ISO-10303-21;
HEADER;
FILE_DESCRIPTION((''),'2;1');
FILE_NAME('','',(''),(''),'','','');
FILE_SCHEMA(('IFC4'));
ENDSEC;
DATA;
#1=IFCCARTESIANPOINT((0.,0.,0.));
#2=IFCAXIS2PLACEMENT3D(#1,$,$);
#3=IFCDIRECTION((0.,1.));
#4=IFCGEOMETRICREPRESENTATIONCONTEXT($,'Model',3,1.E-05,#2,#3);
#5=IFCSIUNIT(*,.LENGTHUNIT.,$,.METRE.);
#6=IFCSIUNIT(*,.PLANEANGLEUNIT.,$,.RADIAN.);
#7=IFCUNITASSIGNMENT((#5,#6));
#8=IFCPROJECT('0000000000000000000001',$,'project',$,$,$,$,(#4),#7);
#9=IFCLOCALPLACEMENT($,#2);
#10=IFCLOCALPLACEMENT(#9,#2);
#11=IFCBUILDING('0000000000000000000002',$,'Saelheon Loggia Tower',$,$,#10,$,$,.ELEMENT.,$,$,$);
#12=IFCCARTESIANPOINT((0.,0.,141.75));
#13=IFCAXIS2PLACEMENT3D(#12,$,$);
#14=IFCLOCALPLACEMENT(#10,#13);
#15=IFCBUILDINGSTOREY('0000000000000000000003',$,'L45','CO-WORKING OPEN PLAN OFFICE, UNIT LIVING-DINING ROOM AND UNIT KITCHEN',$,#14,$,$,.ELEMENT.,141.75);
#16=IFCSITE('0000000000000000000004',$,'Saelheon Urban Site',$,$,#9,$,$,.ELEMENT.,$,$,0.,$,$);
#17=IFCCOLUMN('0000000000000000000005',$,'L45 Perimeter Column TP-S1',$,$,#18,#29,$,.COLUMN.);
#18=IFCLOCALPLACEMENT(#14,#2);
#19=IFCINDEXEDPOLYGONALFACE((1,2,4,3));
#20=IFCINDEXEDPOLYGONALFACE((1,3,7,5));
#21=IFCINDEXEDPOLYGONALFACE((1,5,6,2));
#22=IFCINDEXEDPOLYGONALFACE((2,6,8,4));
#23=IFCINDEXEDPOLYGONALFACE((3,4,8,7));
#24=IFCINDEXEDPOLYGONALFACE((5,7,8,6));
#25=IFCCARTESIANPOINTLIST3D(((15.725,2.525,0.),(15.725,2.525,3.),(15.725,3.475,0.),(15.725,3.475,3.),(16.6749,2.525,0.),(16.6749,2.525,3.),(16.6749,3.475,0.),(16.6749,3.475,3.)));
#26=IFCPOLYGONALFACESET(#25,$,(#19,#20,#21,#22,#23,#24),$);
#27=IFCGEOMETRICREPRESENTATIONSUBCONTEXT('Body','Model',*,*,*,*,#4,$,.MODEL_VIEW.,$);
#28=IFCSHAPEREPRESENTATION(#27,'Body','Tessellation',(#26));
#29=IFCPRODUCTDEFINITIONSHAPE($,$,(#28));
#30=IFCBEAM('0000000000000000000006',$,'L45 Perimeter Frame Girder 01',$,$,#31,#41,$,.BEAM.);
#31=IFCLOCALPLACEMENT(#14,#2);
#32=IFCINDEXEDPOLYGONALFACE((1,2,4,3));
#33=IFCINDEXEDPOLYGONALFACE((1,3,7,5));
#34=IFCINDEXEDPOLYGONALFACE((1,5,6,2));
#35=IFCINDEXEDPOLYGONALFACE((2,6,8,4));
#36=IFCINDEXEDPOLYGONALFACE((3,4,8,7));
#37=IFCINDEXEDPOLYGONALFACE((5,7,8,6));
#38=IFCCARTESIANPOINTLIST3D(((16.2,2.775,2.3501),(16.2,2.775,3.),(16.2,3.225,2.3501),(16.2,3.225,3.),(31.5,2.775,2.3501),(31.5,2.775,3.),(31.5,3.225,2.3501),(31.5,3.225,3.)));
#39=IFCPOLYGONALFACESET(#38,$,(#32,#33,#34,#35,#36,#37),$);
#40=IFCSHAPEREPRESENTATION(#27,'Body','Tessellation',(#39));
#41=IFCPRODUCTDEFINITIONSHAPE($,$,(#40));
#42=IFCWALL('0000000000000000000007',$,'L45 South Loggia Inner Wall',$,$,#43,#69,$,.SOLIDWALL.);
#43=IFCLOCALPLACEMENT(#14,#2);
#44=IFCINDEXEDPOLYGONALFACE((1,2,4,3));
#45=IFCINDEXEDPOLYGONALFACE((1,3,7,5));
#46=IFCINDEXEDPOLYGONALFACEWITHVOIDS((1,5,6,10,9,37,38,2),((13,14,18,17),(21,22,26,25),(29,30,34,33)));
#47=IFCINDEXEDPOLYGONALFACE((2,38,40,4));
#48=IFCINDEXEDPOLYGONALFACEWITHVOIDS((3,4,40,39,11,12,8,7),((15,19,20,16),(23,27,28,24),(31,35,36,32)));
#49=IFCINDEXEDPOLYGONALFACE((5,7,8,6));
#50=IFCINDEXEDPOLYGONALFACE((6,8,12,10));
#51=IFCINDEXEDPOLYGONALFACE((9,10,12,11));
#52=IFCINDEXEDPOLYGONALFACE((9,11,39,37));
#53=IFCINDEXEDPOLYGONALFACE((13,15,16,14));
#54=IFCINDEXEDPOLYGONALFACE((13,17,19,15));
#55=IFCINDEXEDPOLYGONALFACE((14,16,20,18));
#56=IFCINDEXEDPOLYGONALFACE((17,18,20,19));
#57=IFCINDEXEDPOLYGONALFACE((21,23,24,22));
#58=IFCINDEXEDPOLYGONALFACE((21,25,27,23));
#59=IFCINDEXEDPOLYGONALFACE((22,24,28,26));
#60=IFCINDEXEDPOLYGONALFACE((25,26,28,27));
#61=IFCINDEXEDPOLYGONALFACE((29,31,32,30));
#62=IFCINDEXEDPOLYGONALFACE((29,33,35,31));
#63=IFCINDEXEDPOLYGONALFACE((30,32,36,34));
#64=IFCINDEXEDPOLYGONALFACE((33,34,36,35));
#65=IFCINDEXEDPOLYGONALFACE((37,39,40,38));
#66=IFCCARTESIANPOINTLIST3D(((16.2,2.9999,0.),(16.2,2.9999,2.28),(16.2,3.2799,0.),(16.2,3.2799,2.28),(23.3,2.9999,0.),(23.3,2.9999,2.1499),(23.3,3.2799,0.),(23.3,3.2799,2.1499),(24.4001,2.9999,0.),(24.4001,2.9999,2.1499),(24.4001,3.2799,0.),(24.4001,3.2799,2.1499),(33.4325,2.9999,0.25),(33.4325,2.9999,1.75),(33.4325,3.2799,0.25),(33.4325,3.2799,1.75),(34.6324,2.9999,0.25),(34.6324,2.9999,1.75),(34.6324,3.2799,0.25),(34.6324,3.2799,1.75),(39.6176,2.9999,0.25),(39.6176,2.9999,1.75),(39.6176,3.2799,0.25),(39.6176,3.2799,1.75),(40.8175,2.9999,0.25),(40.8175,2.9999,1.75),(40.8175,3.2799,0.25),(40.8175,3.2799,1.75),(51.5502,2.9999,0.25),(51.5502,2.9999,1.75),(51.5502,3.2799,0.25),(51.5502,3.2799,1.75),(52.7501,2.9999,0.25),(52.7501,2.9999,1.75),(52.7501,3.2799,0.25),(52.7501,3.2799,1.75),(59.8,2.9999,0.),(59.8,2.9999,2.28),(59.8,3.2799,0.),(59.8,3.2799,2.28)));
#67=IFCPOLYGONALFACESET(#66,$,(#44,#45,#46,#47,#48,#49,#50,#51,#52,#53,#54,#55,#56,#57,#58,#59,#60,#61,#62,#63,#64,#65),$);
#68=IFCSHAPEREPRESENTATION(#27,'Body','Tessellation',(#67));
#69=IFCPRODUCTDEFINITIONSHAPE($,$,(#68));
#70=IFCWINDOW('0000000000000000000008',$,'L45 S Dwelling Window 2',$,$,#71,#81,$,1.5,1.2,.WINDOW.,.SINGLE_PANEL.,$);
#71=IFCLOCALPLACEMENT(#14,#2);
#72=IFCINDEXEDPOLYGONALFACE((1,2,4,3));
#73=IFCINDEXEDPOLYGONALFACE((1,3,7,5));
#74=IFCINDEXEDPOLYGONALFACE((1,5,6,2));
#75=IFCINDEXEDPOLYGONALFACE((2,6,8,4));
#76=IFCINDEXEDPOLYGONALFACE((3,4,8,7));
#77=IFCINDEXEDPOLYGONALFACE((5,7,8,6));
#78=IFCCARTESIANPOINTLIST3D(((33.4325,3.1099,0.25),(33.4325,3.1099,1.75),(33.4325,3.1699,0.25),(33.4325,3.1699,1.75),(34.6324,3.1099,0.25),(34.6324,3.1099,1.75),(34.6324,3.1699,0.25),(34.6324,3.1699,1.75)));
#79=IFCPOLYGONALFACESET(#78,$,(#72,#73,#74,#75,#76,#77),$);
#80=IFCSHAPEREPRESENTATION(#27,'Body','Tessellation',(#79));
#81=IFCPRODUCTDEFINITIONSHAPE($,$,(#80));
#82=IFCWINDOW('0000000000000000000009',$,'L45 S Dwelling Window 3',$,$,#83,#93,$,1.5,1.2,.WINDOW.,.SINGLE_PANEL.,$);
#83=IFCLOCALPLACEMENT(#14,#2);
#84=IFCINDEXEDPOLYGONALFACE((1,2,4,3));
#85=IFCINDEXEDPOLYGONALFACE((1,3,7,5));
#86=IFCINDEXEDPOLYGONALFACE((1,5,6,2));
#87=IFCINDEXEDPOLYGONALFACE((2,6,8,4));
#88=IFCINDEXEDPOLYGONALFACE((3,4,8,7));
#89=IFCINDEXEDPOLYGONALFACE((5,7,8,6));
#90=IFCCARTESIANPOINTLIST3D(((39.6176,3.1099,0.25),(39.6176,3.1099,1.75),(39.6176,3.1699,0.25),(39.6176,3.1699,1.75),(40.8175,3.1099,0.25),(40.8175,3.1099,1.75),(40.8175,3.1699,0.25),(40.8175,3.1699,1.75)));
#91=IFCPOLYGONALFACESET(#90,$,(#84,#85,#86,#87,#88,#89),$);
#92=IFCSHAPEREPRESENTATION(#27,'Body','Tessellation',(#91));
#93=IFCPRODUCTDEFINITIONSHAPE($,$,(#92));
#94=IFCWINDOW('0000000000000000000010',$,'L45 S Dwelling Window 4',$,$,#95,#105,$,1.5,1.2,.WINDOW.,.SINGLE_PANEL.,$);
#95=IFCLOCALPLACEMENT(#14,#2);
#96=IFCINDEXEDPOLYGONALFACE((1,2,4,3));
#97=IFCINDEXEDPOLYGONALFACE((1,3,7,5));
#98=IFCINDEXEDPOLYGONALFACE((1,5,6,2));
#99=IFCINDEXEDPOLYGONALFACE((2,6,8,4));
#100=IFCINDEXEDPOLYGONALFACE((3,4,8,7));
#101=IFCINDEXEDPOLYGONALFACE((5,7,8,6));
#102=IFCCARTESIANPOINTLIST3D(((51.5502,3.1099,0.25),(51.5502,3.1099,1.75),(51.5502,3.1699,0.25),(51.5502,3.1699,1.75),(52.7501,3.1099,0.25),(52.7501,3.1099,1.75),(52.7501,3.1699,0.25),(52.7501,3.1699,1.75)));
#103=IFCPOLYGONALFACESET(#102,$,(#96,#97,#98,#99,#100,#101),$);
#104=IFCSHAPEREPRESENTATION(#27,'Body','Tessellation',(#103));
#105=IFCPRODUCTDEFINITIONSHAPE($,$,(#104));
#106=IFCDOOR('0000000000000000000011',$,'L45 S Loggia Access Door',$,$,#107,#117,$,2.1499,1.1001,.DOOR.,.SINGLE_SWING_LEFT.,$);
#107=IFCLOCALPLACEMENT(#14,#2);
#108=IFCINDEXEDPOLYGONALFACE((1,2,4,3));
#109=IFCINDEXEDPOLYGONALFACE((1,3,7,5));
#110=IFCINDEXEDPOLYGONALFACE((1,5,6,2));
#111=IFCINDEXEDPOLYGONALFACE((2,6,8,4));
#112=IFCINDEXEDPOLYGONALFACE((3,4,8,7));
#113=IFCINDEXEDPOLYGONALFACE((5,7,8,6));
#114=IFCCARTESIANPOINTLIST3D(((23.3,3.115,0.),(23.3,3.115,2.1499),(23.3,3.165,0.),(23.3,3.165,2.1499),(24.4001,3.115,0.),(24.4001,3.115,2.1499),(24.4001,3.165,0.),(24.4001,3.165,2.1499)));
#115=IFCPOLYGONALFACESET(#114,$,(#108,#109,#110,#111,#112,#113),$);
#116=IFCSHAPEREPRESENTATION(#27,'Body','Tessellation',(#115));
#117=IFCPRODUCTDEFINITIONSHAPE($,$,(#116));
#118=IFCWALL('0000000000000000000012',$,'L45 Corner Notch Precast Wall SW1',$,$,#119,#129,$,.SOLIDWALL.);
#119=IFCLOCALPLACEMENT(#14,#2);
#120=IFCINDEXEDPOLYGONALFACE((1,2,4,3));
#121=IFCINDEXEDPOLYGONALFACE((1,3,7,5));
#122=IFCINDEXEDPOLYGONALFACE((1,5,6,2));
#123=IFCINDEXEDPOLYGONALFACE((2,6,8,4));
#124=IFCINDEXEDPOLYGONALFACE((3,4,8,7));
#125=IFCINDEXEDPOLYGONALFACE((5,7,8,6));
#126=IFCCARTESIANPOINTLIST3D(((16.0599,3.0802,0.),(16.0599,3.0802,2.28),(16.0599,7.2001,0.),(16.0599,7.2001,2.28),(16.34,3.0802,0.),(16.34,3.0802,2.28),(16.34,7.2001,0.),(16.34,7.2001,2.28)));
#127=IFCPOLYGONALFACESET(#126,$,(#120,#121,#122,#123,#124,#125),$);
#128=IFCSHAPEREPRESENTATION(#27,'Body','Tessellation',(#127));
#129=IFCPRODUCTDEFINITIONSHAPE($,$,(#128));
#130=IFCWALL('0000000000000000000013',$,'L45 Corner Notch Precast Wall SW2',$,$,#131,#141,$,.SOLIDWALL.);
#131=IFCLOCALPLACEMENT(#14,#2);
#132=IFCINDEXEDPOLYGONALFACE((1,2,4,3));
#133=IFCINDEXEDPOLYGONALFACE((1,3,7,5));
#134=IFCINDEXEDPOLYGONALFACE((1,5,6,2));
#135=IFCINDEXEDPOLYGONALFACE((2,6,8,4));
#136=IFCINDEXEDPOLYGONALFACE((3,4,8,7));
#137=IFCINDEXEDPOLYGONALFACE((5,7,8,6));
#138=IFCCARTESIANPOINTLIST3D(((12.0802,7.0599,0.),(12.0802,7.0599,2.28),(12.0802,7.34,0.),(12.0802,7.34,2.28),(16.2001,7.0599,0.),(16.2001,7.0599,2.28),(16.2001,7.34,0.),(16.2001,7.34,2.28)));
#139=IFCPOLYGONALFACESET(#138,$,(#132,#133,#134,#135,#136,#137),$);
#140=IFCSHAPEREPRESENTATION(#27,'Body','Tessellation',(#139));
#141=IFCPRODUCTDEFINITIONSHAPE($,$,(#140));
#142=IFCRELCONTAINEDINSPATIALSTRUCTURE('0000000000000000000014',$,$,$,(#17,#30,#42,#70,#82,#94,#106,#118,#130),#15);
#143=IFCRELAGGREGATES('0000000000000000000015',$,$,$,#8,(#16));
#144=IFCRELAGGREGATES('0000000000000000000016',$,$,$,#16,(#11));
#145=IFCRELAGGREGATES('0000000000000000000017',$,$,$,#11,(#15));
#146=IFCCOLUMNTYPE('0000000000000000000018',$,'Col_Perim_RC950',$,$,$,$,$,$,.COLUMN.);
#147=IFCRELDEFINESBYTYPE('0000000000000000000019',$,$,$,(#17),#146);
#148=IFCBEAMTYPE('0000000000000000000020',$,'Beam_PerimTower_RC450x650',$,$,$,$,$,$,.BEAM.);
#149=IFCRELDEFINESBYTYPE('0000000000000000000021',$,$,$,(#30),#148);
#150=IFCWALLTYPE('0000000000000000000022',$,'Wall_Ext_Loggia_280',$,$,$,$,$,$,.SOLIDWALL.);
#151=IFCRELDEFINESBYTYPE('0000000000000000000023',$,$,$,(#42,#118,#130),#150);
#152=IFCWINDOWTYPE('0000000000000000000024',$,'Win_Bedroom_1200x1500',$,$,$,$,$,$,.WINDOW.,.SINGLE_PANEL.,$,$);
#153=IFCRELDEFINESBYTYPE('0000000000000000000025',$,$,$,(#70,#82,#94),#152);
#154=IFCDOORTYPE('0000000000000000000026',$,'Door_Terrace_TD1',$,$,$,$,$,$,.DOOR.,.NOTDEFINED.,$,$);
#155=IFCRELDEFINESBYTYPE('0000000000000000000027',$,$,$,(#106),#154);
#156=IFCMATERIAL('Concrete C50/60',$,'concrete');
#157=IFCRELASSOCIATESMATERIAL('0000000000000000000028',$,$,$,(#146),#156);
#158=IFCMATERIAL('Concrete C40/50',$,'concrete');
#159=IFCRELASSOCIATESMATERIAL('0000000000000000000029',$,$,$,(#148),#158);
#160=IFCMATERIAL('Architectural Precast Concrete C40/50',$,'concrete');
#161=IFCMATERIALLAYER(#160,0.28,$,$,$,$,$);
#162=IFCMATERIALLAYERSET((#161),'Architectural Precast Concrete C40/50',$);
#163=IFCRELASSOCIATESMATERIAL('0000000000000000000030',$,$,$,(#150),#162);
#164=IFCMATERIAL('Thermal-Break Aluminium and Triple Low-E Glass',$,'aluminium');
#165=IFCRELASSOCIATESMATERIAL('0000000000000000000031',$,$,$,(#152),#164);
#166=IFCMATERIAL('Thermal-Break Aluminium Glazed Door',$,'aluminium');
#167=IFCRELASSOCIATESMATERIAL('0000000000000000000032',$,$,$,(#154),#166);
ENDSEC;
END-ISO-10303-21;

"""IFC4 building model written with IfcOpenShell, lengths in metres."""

from ifc_helpers import new_model, si_unit, direction, frame, frame_2d, origin, origin_2d, place, context, subcontext, project, spatial, rectangle, extrude, source, transform, mapped, material, layer, layer_set, material_profile, profile_set, type_object, element, fill, save


model = new_model("IFC4")

# Units and contexts
model_context = context("Model", 3, precision=1e-05, world=origin(), true_north=direction((0.0, 1.0)))
body_context = subcontext(model_context, "Body", "Model", "MODEL_VIEW")
ifc_project = project(units=[si_unit("LENGTHUNIT", "METRE"), si_unit("PLANEANGLEUNIT", "RADIAN")], contexts=[model_context])

# Site, building, storey
site_placement = place(None, origin())
site = spatial("IfcSite", under=ifc_project, at=site_placement, Name="Saelheon Urban Site", CompositionType="ELEMENT", RefElevation=0.0)
building_placement = place(site_placement, origin())
building = spatial("IfcBuilding", under=site, at=building_placement, Name="Saelheon Loggia Tower", CompositionType="ELEMENT")
storey_placement = place(building_placement, frame((0.0, 0.0, 141.75)))
storey = spatial("IfcBuildingStorey", under=building, at=storey_placement, Name="L45", Description="CO-WORKING OPEN PLAN OFFICE, UNIT LIVING-DINING ROOM AND UNIT KITCHEN", CompositionType="ELEMENT", Elevation=141.75)

# Column
ifc_material_1 = material(Name="Concrete C50/60", Category="concrete")
ifc_material_profile_1 = material_profile(ifc_material_1, rectangle(XDim=0.95, YDim=0.95, at=origin_2d()), Name="RC-950x950")
ifc_profile_set_1 = profile_set([ifc_material_profile_1], Name="Concrete C50/60")
column_type = type_object("IfcColumnType", Name="Col_Perim_RC950", PredefinedType="COLUMN", material=ifc_profile_set_1)
shared_shape_1 = source(origin(), body_context, "Body", "SweptSolid", [
    extrude(rectangle(XDim=0.95, YDim=0.95, at=origin_2d()), origin(), (0.0, 0.0, 1.0), 3.0),
])
column_placement = place(storey_placement, frame((16.2, 3.0, 0.0), z_axis=(0.0, 0.0, 1.0), x_axis=(1.0, 0.0, 0.0)))
element("IfcColumn", 1, at=column_placement, inside=storey, type_object=column_type, Name="L45 Perimeter Column TP-S1", PredefinedType="COLUMN", context=body_context, shape_type="MappedRepresentation", body=[
    mapped(shared_shape_1, transform((0.0, 0.0, 0.0), scale=1.0)),
])

# Beam
ifc_material_2 = material(Name="Concrete C40/50", Category="concrete")
ifc_material_profile_2 = material_profile(ifc_material_2, rectangle(XDim=0.45, YDim=0.6499, at=origin_2d()), Name="RC-450x650")
ifc_profile_set_2 = profile_set([ifc_material_profile_2], Name="Concrete C40/50")
beam_type = type_object("IfcBeamType", Name="Beam_PerimTower_RC450x650", PredefinedType="BEAM", material=ifc_profile_set_2)
shared_shape_2 = source(origin(), body_context, "Body", "SweptSolid", [
    extrude(rectangle(XDim=0.45, YDim=0.6499, at=origin_2d()), origin(), (0.0, 0.0, 1.0), 15.3),
])
beam_placement = place(storey_placement, frame((16.2, 3.0, 2.675), z_axis=(1.0, 0.0, 0.0), x_axis=(0.0, 1.0, 0.0)))
element("IfcBeam", 2, at=beam_placement, inside=storey, type_object=beam_type, Name="L45 Perimeter Frame Girder 01", PredefinedType="BEAM", context=body_context, shape_type="MappedRepresentation", body=[
    mapped(shared_shape_2, transform((0.0, 0.0, 0.0), scale=1.0)),
])

# Wall, openings, windows, door
ifc_material_3 = material(Name="Architectural Precast Concrete C40/50", Category="concrete")
ifc_layer = layer(ifc_material_3, 0.28)
ifc_layer_set = layer_set([ifc_layer], Name="Architectural Precast Concrete C40/50")
wall_type = type_object("IfcWallType", Name="Wall_Ext_Loggia_280", PredefinedType="SOLIDWALL", material=ifc_layer_set)
wall_placement = place(storey_placement, frame((16.2, 3.1399, 0.0), z_axis=(0.0, 0.0, 1.0), x_axis=(1.0, 0.0, 0.0)))
wall = element("IfcWall", 3, at=wall_placement, inside=storey, type_object=wall_type, Name="L45 South Loggia Inner Wall", PredefinedType="SOLIDWALL", context=body_context, shape_type="SweptSolid", body=[
    extrude(rectangle(XDim=43.6001, YDim=0.28, at=frame_2d((21.8, 0.0))), origin(), (0.0, 0.0, 1.0), 2.28),
])
opening_1_placement = place(wall_placement, frame((8.2002, 0.0, 0.0), z_axis=(0.0, 0.0, 1.0), x_axis=(-1.0, 0.0, 0.0)))
opening_1 = element("IfcOpeningElement", 4, at=opening_1_placement, cuts=wall, PredefinedType="OPENING", context=body_context, shape_type="SweptSolid", body=[
    extrude(rectangle(XDim=1.1001, YDim=2.1499, at=frame_2d((0.55, 1.075))), frame((0.0, 0.1521, 0.0), z_axis=(0.0, -1.0, 0.0), x_axis=(1.0, 0.0, 0.0)), (0.0, 0.0, 1.0), 0.304),
])
opening_2_placement = place(wall_placement, frame((17.2324, 0.0, 0.25)))
opening_2 = element("IfcOpeningElement", 5, at=opening_2_placement, cuts=wall, PredefinedType="OPENING", context=body_context, shape_type="SweptSolid", body=[
    extrude(rectangle(XDim=1.2, YDim=1.5, at=frame_2d((0.6001, 0.75))), frame((0.0, 0.1521, 0.0), z_axis=(0.0, -1.0, 0.0), x_axis=(1.0, 0.0, 0.0)), (0.0, 0.0, 1.0), 0.304),
])
opening_3_placement = place(wall_placement, frame((23.4175, 0.0, 0.25)))
opening_3 = element("IfcOpeningElement", 6, at=opening_3_placement, cuts=wall, PredefinedType="OPENING", context=body_context, shape_type="SweptSolid", body=[
    extrude(rectangle(XDim=1.2, YDim=1.5, at=frame_2d((0.6001, 0.75))), frame((0.0, 0.1521, 0.0), z_axis=(0.0, -1.0, 0.0), x_axis=(1.0, 0.0, 0.0)), (0.0, 0.0, 1.0), 0.304),
])
opening_4_placement = place(wall_placement, frame((35.3501, 0.0, 0.25)))
opening_4 = element("IfcOpeningElement", 7, at=opening_4_placement, cuts=wall, PredefinedType="OPENING", context=body_context, shape_type="SweptSolid", body=[
    extrude(rectangle(XDim=1.2, YDim=1.5, at=frame_2d((0.6001, 0.75))), frame((0.0, 0.1521, 0.0), z_axis=(0.0, -1.0, 0.0), x_axis=(1.0, 0.0, 0.0)), (0.0, 0.0, 1.0), 0.304),
])
ifc_material_4 = material(Name="Thermal-Break Aluminium and Triple Low-E Glass", Category="aluminium")
window_type = type_object("IfcWindowType", Name="Win_Bedroom_1200x1500", PartitioningType="SINGLE_PANEL", PredefinedType="WINDOW", material=ifc_material_4)
shared_shape_3 = source(origin(), body_context, "Body", "SweptSolid", [
    extrude(rectangle(XDim=1.2, YDim=1.5, at=frame_2d((0.6001, 0.75))), frame((0.0, 0.03, 0.0), z_axis=(0.0, -1.0, 0.0), x_axis=(1.0, 0.0, 0.0)), (0.0, 0.0, 1.0), 0.0601),
])
window_1_placement = place(opening_2_placement, origin())
window_1 = element("IfcWindow", 8, at=window_1_placement, inside=storey, type_object=window_type, Name="L45 S Dwelling Window 2", OverallHeight=1.5, OverallWidth=1.2, PartitioningType="SINGLE_PANEL", PredefinedType="WINDOW", context=body_context, shape_type="MappedRepresentation", body=[
    mapped(shared_shape_3, transform((0.0, 0.0, 0.0), scale=1.0)),
])
fill(opening_2, window_1)
window_2_placement = place(opening_3_placement, origin())
window_2 = element("IfcWindow", 9, at=window_2_placement, inside=storey, type_object=window_type, Name="L45 S Dwelling Window 3", OverallHeight=1.5, OverallWidth=1.2, PartitioningType="SINGLE_PANEL", PredefinedType="WINDOW", context=body_context, shape_type="MappedRepresentation", body=[
    mapped(shared_shape_3, transform((0.0, 0.0, 0.0), scale=1.0)),
])
fill(opening_3, window_2)
window_3_placement = place(opening_4_placement, origin())
window_3 = element("IfcWindow", 10, at=window_3_placement, inside=storey, type_object=window_type, Name="L45 S Dwelling Window 4", OverallHeight=1.5, OverallWidth=1.2, PartitioningType="SINGLE_PANEL", PredefinedType="WINDOW", context=body_context, shape_type="MappedRepresentation", body=[
    mapped(shared_shape_3, transform((0.0, 0.0, 0.0), scale=1.0)),
])
fill(opening_4, window_3)
ifc_material_5 = material(Name="Thermal-Break Aluminium Glazed Door", Category="aluminium")
door_type = type_object("IfcDoorType", Name="Door_Terrace_TD1", OperationType="NOTDEFINED", PredefinedType="DOOR", material=ifc_material_5)
shared_shape_4 = source(origin(), body_context, "Body", "SweptSolid", [
    extrude(rectangle(XDim=1.1001, YDim=2.1499, at=frame_2d((0.55, 1.075))), frame((0.0, 0.0249, 0.0), z_axis=(0.0, -1.0, 0.0), x_axis=(1.0, 0.0, 0.0)), (0.0, 0.0, 1.0), 0.05),
])
door_placement = place(opening_1_placement, origin())
door = element("IfcDoor", 11, at=door_placement, inside=storey, type_object=door_type, Name="L45 S Loggia Access Door", OperationType="SINGLE_SWING_LEFT", OverallHeight=2.1499, OverallWidth=1.1001, PredefinedType="DOOR", context=body_context, shape_type="MappedRepresentation", body=[
    mapped(shared_shape_4, transform((0.0, 0.0, 0.0), scale=1.0)),
])
fill(opening_1, door)

# Walls
for number, where, z_axis, x_axis, name in (
    (12, (16.2, 3.0801, 0.0), (0.0, 0.0, 1.0), (0.0, 1.0, 0.0), "L45 Corner Notch Precast Wall SW1"),
    (13, (12.0801, 7.2, 0.0), (0.0, 0.0, 1.0), (1.0, 0.0, 0.0), "L45 Corner Notch Precast Wall SW2"),
):
    element("IfcWall", number, at=place(storey_placement, frame(where, z_axis=z_axis, x_axis=x_axis)), inside=storey, type_object=wall_type, Name=name, PredefinedType="SOLIDWALL", context=body_context, shape_type="SweptSolid", body=[
        extrude(rectangle(XDim=4.1199, YDim=0.28, at=frame_2d((2.0601, 0.0))), origin(), (0.0, 0.0, 1.0), 2.28),
    ])

save(model, "model.ifc")
